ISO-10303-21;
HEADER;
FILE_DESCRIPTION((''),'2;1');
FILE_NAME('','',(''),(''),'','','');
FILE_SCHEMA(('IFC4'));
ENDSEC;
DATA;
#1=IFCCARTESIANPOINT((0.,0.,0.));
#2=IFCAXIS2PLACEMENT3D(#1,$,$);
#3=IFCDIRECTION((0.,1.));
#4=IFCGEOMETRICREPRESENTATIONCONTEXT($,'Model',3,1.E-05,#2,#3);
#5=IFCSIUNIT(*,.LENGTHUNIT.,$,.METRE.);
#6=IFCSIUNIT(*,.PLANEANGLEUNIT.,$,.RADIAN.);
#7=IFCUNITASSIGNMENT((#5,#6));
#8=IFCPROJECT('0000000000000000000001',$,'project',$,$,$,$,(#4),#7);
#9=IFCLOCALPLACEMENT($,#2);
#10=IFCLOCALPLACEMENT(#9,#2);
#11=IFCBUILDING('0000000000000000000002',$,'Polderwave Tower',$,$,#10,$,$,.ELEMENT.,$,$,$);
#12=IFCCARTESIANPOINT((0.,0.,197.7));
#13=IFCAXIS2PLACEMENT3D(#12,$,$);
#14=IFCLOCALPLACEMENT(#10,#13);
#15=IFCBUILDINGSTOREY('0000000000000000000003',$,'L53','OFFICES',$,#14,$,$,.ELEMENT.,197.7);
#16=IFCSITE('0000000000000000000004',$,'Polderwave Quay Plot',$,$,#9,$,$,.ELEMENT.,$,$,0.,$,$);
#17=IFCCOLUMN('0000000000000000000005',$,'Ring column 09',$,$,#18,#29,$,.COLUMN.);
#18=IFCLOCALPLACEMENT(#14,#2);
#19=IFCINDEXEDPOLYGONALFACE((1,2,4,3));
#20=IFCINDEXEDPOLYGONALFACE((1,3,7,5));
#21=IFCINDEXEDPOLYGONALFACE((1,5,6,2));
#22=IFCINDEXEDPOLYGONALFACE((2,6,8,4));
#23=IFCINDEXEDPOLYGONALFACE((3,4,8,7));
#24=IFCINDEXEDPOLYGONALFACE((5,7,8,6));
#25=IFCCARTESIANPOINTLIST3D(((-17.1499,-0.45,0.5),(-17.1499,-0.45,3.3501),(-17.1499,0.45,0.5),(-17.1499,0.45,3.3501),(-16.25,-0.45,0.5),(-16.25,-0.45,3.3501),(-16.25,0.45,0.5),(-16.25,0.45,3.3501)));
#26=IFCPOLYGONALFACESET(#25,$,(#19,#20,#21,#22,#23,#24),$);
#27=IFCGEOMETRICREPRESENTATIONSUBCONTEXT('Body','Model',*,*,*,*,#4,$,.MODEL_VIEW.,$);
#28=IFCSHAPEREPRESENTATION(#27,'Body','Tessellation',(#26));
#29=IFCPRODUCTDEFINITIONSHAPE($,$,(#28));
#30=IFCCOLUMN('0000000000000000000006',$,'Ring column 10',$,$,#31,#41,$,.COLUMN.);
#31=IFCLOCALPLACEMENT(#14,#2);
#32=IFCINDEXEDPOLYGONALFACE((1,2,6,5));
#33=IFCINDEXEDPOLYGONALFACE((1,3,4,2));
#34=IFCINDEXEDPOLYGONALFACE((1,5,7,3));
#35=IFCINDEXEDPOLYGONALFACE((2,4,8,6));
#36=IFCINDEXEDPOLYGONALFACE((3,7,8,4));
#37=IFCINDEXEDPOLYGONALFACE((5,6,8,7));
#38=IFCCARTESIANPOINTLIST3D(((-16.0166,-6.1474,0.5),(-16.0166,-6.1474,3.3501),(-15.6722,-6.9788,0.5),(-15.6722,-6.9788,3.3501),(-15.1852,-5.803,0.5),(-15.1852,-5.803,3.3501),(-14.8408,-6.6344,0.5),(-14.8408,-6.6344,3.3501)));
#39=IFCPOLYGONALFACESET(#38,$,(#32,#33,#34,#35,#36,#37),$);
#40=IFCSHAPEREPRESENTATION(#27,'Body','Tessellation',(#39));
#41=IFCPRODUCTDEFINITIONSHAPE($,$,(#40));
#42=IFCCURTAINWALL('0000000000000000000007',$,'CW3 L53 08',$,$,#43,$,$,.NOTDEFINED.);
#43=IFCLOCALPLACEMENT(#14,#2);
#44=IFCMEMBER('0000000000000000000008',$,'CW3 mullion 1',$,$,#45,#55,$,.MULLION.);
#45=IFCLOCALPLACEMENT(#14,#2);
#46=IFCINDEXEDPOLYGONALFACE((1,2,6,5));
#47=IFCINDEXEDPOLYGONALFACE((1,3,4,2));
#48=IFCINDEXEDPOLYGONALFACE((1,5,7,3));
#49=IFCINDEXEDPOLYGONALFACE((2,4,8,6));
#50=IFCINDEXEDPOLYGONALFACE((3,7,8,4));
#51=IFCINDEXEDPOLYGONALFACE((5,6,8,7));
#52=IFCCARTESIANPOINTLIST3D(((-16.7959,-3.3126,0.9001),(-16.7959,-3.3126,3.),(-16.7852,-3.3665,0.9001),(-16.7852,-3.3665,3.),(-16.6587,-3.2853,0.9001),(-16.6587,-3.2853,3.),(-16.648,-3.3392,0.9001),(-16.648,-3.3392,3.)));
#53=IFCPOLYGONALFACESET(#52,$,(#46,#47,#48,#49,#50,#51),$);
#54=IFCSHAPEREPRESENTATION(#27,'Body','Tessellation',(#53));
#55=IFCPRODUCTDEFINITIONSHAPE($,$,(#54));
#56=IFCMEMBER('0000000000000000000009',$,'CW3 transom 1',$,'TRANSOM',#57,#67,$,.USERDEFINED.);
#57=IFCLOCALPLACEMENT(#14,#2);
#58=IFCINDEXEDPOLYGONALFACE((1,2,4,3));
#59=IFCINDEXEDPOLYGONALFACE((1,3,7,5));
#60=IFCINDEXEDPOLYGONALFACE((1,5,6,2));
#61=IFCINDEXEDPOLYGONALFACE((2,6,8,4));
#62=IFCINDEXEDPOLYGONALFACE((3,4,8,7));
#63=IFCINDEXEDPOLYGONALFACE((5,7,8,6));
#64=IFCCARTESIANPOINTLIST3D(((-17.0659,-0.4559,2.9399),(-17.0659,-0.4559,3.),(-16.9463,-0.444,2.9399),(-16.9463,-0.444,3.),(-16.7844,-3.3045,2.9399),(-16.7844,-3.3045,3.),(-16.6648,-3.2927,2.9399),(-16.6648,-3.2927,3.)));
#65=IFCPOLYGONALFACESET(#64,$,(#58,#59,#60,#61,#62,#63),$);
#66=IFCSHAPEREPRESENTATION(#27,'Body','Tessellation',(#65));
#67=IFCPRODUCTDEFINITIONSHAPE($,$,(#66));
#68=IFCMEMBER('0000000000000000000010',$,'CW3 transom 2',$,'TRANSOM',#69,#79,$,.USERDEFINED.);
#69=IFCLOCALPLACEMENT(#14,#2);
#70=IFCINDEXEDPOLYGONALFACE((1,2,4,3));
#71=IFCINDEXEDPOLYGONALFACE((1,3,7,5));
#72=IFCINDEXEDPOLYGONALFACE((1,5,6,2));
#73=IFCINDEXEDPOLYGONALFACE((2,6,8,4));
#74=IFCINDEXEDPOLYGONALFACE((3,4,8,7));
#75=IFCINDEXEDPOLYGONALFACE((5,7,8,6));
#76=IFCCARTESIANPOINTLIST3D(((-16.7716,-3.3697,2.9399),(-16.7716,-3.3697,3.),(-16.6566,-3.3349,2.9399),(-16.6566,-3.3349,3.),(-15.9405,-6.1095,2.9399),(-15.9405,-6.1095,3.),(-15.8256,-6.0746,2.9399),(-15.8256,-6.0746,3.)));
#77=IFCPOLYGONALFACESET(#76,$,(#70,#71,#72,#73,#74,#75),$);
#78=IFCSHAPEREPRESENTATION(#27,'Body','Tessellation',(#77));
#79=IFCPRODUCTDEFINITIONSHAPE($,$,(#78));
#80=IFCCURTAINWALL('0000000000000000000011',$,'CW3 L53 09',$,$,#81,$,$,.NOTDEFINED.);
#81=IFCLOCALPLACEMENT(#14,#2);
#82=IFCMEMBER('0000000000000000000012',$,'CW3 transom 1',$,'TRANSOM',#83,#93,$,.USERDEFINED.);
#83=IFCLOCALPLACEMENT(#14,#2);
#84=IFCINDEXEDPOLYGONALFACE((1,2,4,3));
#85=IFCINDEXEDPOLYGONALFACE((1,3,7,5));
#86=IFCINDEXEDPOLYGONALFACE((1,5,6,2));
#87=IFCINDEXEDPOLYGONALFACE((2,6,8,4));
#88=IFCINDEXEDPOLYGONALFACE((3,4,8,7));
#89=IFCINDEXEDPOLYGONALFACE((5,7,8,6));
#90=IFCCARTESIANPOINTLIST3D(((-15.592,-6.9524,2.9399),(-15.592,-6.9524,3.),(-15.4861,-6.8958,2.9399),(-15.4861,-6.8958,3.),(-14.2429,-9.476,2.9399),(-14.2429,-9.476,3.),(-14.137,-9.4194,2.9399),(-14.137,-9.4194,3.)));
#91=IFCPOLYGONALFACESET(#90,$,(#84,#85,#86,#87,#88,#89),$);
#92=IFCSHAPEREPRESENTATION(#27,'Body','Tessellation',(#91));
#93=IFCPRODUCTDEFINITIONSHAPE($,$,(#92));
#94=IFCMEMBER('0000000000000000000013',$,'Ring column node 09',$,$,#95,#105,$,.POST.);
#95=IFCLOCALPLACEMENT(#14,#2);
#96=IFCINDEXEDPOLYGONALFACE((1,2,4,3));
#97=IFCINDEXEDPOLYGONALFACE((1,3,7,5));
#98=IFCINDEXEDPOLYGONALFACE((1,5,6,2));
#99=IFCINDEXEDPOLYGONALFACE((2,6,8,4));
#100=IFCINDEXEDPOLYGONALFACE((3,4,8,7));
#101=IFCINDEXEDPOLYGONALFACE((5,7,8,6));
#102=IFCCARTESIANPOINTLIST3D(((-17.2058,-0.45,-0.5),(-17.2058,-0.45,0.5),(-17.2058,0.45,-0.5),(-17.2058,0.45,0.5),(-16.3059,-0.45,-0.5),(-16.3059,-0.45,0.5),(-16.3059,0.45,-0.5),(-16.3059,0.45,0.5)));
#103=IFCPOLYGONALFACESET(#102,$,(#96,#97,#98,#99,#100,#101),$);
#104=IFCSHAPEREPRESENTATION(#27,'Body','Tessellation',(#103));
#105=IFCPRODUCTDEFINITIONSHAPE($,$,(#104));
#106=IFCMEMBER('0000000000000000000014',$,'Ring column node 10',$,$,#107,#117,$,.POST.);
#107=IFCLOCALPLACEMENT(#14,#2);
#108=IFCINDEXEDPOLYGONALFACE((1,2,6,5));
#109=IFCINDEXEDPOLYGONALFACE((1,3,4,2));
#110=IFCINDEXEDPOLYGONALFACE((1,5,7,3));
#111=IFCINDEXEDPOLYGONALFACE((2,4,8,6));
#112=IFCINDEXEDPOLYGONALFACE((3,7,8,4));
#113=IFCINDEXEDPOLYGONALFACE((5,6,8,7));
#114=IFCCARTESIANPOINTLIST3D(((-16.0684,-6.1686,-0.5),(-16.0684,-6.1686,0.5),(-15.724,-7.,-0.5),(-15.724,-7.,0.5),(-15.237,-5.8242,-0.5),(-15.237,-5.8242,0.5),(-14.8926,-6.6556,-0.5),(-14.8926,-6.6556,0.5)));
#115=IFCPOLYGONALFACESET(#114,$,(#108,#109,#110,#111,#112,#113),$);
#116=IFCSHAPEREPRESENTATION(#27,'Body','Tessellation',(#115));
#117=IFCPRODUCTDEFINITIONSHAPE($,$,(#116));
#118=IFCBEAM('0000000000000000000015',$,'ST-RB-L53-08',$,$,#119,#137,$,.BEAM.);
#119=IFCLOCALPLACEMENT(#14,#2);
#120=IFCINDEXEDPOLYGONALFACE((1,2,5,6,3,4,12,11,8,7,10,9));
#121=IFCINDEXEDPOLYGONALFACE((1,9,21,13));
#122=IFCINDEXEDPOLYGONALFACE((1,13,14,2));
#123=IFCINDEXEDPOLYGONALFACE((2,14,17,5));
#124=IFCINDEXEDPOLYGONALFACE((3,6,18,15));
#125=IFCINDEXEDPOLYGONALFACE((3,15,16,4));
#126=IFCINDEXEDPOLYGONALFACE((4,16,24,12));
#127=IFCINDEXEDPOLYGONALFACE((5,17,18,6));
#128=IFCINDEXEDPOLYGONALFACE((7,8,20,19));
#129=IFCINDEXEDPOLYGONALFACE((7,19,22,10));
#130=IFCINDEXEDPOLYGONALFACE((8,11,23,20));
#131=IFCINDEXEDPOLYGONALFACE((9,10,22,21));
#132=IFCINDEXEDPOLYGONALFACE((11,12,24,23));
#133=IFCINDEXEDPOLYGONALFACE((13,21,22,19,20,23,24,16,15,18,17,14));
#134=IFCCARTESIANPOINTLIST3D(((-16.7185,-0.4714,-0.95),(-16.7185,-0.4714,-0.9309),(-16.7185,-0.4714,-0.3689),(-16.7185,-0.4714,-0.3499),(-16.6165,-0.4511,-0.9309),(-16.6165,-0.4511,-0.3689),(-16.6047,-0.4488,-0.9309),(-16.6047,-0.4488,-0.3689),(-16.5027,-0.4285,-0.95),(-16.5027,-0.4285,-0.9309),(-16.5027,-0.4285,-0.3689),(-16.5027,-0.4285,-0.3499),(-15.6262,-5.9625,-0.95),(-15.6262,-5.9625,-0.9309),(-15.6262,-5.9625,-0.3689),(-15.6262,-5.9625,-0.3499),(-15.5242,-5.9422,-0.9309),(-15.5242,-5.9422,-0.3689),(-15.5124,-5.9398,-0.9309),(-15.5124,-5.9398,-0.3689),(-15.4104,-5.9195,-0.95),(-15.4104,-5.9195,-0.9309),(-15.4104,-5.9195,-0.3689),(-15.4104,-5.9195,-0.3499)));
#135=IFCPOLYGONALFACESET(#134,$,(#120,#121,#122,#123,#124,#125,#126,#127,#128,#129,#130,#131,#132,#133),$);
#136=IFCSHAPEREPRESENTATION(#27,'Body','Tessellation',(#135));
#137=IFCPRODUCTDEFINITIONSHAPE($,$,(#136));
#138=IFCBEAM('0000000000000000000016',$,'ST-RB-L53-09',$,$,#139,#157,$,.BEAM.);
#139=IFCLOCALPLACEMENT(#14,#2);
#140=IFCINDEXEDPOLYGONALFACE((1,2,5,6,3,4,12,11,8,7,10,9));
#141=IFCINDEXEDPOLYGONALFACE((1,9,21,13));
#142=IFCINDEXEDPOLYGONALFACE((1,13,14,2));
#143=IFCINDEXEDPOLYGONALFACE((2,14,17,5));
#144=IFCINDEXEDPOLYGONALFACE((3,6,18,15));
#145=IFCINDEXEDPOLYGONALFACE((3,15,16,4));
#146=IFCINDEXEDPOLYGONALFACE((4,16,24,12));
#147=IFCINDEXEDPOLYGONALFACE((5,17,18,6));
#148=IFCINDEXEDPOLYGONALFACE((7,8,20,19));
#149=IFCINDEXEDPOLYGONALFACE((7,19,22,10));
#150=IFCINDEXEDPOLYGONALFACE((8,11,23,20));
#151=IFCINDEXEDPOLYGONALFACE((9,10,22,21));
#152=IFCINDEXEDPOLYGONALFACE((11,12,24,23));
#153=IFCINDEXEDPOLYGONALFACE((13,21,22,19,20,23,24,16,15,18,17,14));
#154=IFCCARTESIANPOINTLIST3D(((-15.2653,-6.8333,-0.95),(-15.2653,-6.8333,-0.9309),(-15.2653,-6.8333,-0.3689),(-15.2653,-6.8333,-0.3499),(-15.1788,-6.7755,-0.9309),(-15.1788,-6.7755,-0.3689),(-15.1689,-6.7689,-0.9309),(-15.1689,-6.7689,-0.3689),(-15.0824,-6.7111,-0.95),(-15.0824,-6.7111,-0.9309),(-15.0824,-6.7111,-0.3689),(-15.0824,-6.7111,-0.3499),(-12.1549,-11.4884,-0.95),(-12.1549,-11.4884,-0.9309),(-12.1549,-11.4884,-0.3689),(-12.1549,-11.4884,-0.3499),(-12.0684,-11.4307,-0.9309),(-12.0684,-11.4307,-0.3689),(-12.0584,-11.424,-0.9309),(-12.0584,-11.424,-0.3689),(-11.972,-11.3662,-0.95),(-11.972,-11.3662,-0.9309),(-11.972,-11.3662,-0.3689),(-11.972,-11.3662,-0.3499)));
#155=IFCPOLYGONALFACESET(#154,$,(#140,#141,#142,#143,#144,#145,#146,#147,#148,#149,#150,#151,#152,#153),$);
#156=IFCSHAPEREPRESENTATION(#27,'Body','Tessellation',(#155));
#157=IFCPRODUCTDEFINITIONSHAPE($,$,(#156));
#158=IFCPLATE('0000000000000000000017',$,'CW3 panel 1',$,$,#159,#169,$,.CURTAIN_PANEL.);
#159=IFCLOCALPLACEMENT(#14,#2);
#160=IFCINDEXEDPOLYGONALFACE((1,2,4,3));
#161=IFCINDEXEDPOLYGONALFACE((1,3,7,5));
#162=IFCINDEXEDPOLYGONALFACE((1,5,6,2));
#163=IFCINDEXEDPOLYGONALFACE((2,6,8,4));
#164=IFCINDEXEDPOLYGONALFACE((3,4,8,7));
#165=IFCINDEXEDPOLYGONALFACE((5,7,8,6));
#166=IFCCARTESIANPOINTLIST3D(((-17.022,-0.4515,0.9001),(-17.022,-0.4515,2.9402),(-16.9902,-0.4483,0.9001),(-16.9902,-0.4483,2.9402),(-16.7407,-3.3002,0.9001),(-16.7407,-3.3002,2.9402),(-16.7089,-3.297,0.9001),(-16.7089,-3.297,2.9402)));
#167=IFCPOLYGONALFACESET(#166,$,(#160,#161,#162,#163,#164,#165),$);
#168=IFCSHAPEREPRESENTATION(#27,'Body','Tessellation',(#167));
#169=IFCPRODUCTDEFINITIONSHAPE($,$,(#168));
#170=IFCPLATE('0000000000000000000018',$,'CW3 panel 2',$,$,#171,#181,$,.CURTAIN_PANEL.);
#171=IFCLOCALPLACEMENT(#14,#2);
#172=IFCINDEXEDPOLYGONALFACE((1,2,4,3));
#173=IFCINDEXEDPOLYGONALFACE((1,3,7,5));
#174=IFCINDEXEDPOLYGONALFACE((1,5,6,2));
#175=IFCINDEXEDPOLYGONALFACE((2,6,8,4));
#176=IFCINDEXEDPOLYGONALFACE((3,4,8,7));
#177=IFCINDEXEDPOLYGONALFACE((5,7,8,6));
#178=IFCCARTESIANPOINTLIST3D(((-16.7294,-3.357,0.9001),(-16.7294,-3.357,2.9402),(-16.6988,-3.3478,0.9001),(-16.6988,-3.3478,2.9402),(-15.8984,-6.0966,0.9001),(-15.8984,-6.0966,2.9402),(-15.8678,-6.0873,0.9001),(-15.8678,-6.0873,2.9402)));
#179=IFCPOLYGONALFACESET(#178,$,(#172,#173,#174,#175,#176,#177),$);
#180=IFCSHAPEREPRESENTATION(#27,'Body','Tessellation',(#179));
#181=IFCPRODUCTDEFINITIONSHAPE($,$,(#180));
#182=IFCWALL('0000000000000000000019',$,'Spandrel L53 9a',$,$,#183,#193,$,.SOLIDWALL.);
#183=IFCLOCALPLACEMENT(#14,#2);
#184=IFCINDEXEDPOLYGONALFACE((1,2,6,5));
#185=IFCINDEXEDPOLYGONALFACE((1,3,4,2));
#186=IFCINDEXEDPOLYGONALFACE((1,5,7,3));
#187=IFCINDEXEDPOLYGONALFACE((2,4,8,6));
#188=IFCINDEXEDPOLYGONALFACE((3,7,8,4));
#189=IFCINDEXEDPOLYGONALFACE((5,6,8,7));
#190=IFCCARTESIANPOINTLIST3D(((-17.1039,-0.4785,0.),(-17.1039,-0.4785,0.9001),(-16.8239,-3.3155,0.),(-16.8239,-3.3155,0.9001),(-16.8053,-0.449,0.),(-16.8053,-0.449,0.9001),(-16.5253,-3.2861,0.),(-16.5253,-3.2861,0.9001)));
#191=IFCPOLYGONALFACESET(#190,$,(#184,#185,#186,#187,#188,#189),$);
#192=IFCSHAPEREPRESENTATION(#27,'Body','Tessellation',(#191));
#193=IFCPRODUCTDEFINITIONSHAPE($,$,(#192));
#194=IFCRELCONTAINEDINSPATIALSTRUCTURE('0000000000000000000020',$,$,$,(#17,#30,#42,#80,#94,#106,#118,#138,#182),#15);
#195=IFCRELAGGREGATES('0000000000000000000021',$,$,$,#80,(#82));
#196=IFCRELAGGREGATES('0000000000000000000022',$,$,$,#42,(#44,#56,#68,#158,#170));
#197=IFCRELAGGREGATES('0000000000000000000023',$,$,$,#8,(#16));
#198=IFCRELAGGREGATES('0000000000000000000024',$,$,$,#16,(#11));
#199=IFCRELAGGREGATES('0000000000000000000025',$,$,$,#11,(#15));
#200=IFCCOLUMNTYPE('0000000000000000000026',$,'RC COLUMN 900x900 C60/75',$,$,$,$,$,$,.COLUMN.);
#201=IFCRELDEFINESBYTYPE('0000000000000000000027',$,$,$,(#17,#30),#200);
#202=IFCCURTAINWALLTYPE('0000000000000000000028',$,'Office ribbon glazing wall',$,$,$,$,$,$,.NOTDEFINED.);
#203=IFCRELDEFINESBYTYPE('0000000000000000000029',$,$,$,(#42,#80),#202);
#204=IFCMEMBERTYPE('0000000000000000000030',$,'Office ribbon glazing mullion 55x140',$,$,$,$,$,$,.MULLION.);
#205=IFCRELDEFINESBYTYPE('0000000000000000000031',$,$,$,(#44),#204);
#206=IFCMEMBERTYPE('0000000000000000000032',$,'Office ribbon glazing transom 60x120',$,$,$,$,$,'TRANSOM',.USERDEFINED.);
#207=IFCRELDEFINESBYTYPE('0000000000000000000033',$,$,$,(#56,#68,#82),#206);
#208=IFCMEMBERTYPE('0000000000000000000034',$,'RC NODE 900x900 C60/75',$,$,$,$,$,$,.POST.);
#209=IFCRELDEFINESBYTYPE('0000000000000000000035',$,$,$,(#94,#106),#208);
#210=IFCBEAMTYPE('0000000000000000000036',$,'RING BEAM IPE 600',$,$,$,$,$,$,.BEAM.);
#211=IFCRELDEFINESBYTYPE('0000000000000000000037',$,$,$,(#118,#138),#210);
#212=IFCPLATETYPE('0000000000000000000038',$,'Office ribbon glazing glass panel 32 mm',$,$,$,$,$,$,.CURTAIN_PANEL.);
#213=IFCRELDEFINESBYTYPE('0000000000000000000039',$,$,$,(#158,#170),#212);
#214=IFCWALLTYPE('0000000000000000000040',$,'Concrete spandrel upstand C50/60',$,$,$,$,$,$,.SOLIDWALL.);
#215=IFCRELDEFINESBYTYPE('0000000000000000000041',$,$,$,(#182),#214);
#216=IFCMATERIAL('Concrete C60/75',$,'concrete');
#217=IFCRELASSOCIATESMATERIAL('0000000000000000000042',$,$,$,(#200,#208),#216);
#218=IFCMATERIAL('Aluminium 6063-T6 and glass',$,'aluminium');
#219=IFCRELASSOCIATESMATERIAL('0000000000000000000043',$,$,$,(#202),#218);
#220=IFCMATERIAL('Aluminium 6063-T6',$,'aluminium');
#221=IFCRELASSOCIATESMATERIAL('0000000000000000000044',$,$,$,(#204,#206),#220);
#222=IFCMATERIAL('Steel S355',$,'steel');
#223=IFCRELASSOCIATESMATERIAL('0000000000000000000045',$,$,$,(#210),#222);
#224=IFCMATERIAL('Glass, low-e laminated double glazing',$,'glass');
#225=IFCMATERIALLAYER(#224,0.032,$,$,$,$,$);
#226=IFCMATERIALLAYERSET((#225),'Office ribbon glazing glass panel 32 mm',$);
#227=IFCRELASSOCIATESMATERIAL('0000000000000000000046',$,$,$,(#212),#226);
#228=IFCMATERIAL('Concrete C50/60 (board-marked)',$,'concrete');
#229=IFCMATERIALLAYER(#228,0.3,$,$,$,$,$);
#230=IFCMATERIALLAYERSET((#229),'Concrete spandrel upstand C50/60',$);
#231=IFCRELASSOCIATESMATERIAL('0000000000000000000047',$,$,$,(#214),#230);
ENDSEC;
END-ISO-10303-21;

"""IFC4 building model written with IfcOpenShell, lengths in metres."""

from ifc_helpers import new_model, si_unit, direction, frame, frame_2d, origin, origin_2d, place, context, subcontext, project, spatial, rectangle, i_section, extrude, material, layer, layer_set, material_profile, profile_set, type_object, element, aggregate, save


model = new_model("IFC4")

# Units and contexts
model_context = context("Model", 3, precision=1e-05, world=origin(), true_north=direction((0.0, 1.0)))
body_context = subcontext(model_context, "Body", "Model", "MODEL_VIEW")
ifc_project = project(units=[si_unit("LENGTHUNIT", "METRE"), si_unit("PLANEANGLEUNIT", "RADIAN")], contexts=[model_context])

# Site, building, storey
site_placement = place(None, origin())
site = spatial("IfcSite", under=ifc_project, at=site_placement, Name="Polderwave Quay Plot", CompositionType="ELEMENT", RefElevation=0.0)
building_placement = place(site_placement, origin())
building = spatial("IfcBuilding", under=site, at=building_placement, Name="Polderwave Tower", CompositionType="ELEMENT")
storey_placement = place(building_placement, frame((0.0, 0.0, 197.7)))
storey = spatial("IfcBuildingStorey", under=building, at=storey_placement, Name="L53", Description="OFFICES", CompositionType="ELEMENT", Elevation=197.7)

# Columns
ifc_material_1 = material(Name="Concrete C60/75", Category="concrete")
ifc_material_profile_1 = material_profile(ifc_material_1, rectangle(XDim=0.8999, YDim=0.8999, at=origin_2d()), Name="RC 900x900")
ifc_profile_set_1 = profile_set([ifc_material_profile_1], Name="Concrete C60/75")
column_type = type_object("IfcColumnType", Name="RC COLUMN 900x900 C60/75", PredefinedType="COLUMN", material=ifc_profile_set_1)
for number, where, z_axis, x_axis, name in (
    (1, (-16.7, 0.0, 0.5), (0.0, 0.0, 1.0), (-1.0, 0.0, 0.0), "Ring column 09"),
    (2, (-15.4287, -6.3909, 0.5), (0.0, 0.0, 1.0), (-0.92388, -0.382683, 0.0), "Ring column 10"),
):
    element("IfcColumn", number, at=place(storey_placement, frame(where, z_axis=z_axis, x_axis=x_axis)), inside=storey, type_object=column_type, Name=name, PredefinedType="COLUMN", context=body_context, shape_type="SweptSolid", body=[
        extrude(rectangle(XDim=0.8999, YDim=0.8999, at=origin_2d()), origin(), (0.0, 0.0, 1.0), 2.8501),
    ])

# Curtain wall, members
ifc_material_2 = material(Name="Aluminium 6063-T6 and glass", Category="aluminium")
curtain_wall_type = type_object("IfcCurtainWallType", Name="Office ribbon glazing wall", PredefinedType="NOTDEFINED", material=ifc_material_2)
curtain_wall_1_placement = place(storey_placement, origin())
curtain_wall_1 = element("IfcCurtainWall", 3, at=curtain_wall_1_placement, inside=storey, type_object=curtain_wall_type, Name="CW3 L53 08", PredefinedType="NOTDEFINED")
ifc_material_3 = material(Name="Aluminium 6063-T6", Category="aluminium")
ifc_material_profile_2 = material_profile(ifc_material_3, rectangle(XDim=0.1399, YDim=0.0549, at=origin_2d()), Name="AL 55x140")
ifc_profile_set_2 = profile_set([ifc_material_profile_2], Name="Aluminium 6063-T6")
member_type_1 = type_object("IfcMemberType", Name="Office ribbon glazing mullion 55x140", PredefinedType="MULLION", material=ifc_profile_set_2)
member_1_placement = place(storey_placement, frame((-16.7219, -3.3259, 0.9001), z_axis=(0.0, 0.0, 1.0), x_axis=(0.980762, 0.195205, 0.0)))
member_1 = element("IfcMember", 4, at=member_1_placement, type_object=member_type_1, Name="CW3 mullion 1", PredefinedType="MULLION", context=body_context, shape_type="SweptSolid", body=[
    extrude(rectangle(XDim=0.1399, YDim=0.0549, at=origin_2d()), origin(), (0.0, 0.0, 1.0), 2.0999),
])
ifc_material_profile_3 = material_profile(ifc_material_3, rectangle(XDim=0.1201, YDim=0.0601, at=origin_2d()), Name="AL 60x120")
ifc_profile_set_3 = profile_set([ifc_material_profile_3], Name="Aluminium 6063-T6")
member_type_2 = type_object("IfcMemberType", Name="Office ribbon glazing transom 60x120", ElementType="TRANSOM", PredefinedType="USERDEFINED", material=ifc_profile_set_3)
member_2_placement = place(storey_placement, frame((-17.0061, -0.45, 2.97), z_axis=(0.098338, -0.995153, 0.0), x_axis=(0.995153, 0.098338, 0.0)))
member_2 = element("IfcMember", 5, at=member_2_placement, type_object=member_type_2, Name="CW3 transom 1", ObjectType="TRANSOM", PredefinedType="USERDEFINED", context=body_context, shape_type="SweptSolid", body=[
    extrude(rectangle(XDim=0.1201, YDim=0.0601, at=origin_2d()), origin(), (0.0, 0.0, 1.0), 2.8625),
])
member_3_placement = place(storey_placement, frame((-16.7141, -3.3523, 2.97), z_axis=(0.290272, -0.956944, 0.0), x_axis=(0.956944, 0.290272, 0.0)))
member_3 = element("IfcMember", 6, at=member_3_placement, type_object=member_type_2, Name="CW3 transom 2", ObjectType="TRANSOM", PredefinedType="USERDEFINED", context=body_context, shape_type="SweptSolid", body=[
    extrude(rectangle(XDim=0.1201, YDim=0.0601, at=origin_2d()), origin(), (0.0, 0.0, 1.0), 2.863),
])

# Curtain wall, member
curtain_wall_2_placement = place(storey_placement, origin())
curtain_wall_2 = element("IfcCurtainWall", 7, at=curtain_wall_2_placement, inside=storey, type_object=curtain_wall_type, Name="CW3 L53 09", PredefinedType="NOTDEFINED")
member_4_placement = place(storey_placement, frame((-15.5391, -6.9241, 2.97), z_axis=(0.471447, -0.881894, 0.0), x_axis=(0.881894, 0.471447, 0.0)))
member_4 = element("IfcMember", 8, at=member_4_placement, type_object=member_type_2, Name="CW3 transom 1", ObjectType="TRANSOM", PredefinedType="USERDEFINED", context=body_context, shape_type="SweptSolid", body=[
    extrude(rectangle(XDim=0.1201, YDim=0.0601, at=origin_2d()), origin(), (0.0, 0.0, 1.0), 2.8616),
])
aggregate(curtain_wall_2, [member_4])

# Members
ifc_material_profile_4 = material_profile(ifc_material_1, rectangle(XDim=0.8999, YDim=0.8999, at=origin_2d()), Name="RC 900x900")
ifc_profile_set_4 = profile_set([ifc_material_profile_4], Name="Concrete C60/75")
member_type_3 = type_object("IfcMemberType", Name="RC NODE 900x900 C60/75", PredefinedType="POST", material=ifc_profile_set_4)
for number, where, z_axis, x_axis, name in (
    (9, (-16.7559, 0.0, -0.5), (0.0, 0.0, 1.0), (-1.0, 0.0, 0.0), "Ring column node 09"),
    (10, (-15.4805, -6.4121, -0.5), (0.0, 0.0, 1.0), (-0.92388, -0.382683, 0.0), "Ring column node 10"),
):
    element("IfcMember", number, at=place(storey_placement, frame(where, z_axis=z_axis, x_axis=x_axis)), inside=storey, type_object=member_type_3, Name=name, PredefinedType="POST", context=body_context, shape_type="SweptSolid", body=[
        extrude(rectangle(XDim=0.8999, YDim=0.8999, at=origin_2d()), origin(), (0.0, 0.0, 1.0), 1.0),
    ])

# Beams
ifc_material_4 = material(Name="Steel S355", Category="steel")
ifc_material_profile_5 = material_profile(ifc_material_4, i_section(OverallWidth=0.22, OverallDepth=0.6001, WebThickness=0.012, FlangeThickness=0.019, at=origin_2d()), Name="IPE 600")
ifc_profile_set_5 = profile_set([ifc_material_profile_5], Name="Steel S355")
beam_type = type_object("IfcBeamType", Name="RING BEAM IPE 600", PredefinedType="BEAM", material=ifc_profile_set_5)
for number, where, z_axis, x_axis, name in (
    (11, (-16.6106, -0.45, -0.6499), (0.195101, -0.980783, 0.0), (0.980783, 0.195101, 0.0), "ST-RB-L53-08"),
    (12, (-15.1738, -6.7722, -0.6499), (0.555565, -0.831473, 0.0), (0.831473, 0.555565, 0.0), "ST-RB-L53-09"),
):
    element("IfcBeam", number, at=place(storey_placement, frame(where, z_axis=z_axis, x_axis=x_axis)), inside=storey, type_object=beam_type, Name=name, PredefinedType="BEAM", context=body_context, shape_type="SweptSolid", body=[
        extrude(i_section(OverallWidth=0.22, OverallDepth=0.6001, WebThickness=0.012, FlangeThickness=0.019, at=origin_2d()), origin(), (0.0, 0.0, 1.0), 5.5986),
    ])

# Plates
ifc_material_5 = material(Name="Glass, low-e laminated double glazing", Category="glass")
ifc_layer_1 = layer(ifc_material_5, 0.032)
ifc_layer_set_1 = layer_set([ifc_layer_1], Name="Office ribbon glazing glass panel 32 mm")
plate_type = type_object("IfcPlateType", Name="Office ribbon glazing glass panel 32 mm", PredefinedType="CURTAIN_PANEL", material=ifc_layer_set_1)
plate_1_placement = place(storey_placement, frame((-16.8655, -1.8743, 0.9001), z_axis=(0.0, 0.0, 1.0), x_axis=(0.098271, -0.99516, 0.0)))
plate_1 = element("IfcPlate", 13, at=plate_1_placement, type_object=plate_type, Name="CW3 panel 1", PredefinedType="CURTAIN_PANEL", context=body_context, shape_type="SweptSolid", body=[
    extrude(rectangle(XDim=2.8625, YDim=0.032, at=origin_2d()), origin(), (0.0, 0.0, 1.0), 2.04),
])
plate_2_placement = place(storey_placement, frame((-16.2986, -4.7222, 0.9001), z_axis=(0.0, 0.0, 1.0), x_axis=(0.290266, -0.956946, 0.0)))
plate_2 = element("IfcPlate", 14, at=plate_2_placement, type_object=plate_type, Name="CW3 panel 2", PredefinedType="CURTAIN_PANEL", context=body_context, shape_type="SweptSolid", body=[
    extrude(rectangle(XDim=2.8628, YDim=0.032, at=origin_2d()), origin(), (0.0, 0.0, 1.0), 2.04),
])
aggregate(curtain_wall_1, [member_1, member_2, member_3, plate_1, plate_2])

# Wall
ifc_material_6 = material(Name="Concrete C50/60 (board-marked)", Category="concrete")
ifc_layer_2 = layer(ifc_material_6, 0.3)
ifc_layer_set_2 = layer_set([ifc_layer_2], Name="Concrete spandrel upstand C50/60")
wall_type_1 = type_object("IfcWallType", Name="Concrete spandrel upstand C50/60", PredefinedType="SOLIDWALL", material=ifc_layer_set_2)
wall_1_placement = place(storey_placement, frame((-16.9546, -0.4639, 0.0), z_axis=(0.0, 0.0, 1.0), x_axis=(0.098223, -0.995164, 0.0)))
element("IfcWall", 15, at=wall_1_placement, inside=storey, type_object=wall_type_1, Name="Spandrel L53 9a", PredefinedType="SOLIDWALL", context=body_context, shape_type="SweptSolid", body=[
    extrude(rectangle(XDim=2.8508, YDim=0.3, at=frame_2d((1.4253, 0.0))), origin(), (0.0, 0.0, 1.0), 0.9001),
])

save(model, "model.ifc")
